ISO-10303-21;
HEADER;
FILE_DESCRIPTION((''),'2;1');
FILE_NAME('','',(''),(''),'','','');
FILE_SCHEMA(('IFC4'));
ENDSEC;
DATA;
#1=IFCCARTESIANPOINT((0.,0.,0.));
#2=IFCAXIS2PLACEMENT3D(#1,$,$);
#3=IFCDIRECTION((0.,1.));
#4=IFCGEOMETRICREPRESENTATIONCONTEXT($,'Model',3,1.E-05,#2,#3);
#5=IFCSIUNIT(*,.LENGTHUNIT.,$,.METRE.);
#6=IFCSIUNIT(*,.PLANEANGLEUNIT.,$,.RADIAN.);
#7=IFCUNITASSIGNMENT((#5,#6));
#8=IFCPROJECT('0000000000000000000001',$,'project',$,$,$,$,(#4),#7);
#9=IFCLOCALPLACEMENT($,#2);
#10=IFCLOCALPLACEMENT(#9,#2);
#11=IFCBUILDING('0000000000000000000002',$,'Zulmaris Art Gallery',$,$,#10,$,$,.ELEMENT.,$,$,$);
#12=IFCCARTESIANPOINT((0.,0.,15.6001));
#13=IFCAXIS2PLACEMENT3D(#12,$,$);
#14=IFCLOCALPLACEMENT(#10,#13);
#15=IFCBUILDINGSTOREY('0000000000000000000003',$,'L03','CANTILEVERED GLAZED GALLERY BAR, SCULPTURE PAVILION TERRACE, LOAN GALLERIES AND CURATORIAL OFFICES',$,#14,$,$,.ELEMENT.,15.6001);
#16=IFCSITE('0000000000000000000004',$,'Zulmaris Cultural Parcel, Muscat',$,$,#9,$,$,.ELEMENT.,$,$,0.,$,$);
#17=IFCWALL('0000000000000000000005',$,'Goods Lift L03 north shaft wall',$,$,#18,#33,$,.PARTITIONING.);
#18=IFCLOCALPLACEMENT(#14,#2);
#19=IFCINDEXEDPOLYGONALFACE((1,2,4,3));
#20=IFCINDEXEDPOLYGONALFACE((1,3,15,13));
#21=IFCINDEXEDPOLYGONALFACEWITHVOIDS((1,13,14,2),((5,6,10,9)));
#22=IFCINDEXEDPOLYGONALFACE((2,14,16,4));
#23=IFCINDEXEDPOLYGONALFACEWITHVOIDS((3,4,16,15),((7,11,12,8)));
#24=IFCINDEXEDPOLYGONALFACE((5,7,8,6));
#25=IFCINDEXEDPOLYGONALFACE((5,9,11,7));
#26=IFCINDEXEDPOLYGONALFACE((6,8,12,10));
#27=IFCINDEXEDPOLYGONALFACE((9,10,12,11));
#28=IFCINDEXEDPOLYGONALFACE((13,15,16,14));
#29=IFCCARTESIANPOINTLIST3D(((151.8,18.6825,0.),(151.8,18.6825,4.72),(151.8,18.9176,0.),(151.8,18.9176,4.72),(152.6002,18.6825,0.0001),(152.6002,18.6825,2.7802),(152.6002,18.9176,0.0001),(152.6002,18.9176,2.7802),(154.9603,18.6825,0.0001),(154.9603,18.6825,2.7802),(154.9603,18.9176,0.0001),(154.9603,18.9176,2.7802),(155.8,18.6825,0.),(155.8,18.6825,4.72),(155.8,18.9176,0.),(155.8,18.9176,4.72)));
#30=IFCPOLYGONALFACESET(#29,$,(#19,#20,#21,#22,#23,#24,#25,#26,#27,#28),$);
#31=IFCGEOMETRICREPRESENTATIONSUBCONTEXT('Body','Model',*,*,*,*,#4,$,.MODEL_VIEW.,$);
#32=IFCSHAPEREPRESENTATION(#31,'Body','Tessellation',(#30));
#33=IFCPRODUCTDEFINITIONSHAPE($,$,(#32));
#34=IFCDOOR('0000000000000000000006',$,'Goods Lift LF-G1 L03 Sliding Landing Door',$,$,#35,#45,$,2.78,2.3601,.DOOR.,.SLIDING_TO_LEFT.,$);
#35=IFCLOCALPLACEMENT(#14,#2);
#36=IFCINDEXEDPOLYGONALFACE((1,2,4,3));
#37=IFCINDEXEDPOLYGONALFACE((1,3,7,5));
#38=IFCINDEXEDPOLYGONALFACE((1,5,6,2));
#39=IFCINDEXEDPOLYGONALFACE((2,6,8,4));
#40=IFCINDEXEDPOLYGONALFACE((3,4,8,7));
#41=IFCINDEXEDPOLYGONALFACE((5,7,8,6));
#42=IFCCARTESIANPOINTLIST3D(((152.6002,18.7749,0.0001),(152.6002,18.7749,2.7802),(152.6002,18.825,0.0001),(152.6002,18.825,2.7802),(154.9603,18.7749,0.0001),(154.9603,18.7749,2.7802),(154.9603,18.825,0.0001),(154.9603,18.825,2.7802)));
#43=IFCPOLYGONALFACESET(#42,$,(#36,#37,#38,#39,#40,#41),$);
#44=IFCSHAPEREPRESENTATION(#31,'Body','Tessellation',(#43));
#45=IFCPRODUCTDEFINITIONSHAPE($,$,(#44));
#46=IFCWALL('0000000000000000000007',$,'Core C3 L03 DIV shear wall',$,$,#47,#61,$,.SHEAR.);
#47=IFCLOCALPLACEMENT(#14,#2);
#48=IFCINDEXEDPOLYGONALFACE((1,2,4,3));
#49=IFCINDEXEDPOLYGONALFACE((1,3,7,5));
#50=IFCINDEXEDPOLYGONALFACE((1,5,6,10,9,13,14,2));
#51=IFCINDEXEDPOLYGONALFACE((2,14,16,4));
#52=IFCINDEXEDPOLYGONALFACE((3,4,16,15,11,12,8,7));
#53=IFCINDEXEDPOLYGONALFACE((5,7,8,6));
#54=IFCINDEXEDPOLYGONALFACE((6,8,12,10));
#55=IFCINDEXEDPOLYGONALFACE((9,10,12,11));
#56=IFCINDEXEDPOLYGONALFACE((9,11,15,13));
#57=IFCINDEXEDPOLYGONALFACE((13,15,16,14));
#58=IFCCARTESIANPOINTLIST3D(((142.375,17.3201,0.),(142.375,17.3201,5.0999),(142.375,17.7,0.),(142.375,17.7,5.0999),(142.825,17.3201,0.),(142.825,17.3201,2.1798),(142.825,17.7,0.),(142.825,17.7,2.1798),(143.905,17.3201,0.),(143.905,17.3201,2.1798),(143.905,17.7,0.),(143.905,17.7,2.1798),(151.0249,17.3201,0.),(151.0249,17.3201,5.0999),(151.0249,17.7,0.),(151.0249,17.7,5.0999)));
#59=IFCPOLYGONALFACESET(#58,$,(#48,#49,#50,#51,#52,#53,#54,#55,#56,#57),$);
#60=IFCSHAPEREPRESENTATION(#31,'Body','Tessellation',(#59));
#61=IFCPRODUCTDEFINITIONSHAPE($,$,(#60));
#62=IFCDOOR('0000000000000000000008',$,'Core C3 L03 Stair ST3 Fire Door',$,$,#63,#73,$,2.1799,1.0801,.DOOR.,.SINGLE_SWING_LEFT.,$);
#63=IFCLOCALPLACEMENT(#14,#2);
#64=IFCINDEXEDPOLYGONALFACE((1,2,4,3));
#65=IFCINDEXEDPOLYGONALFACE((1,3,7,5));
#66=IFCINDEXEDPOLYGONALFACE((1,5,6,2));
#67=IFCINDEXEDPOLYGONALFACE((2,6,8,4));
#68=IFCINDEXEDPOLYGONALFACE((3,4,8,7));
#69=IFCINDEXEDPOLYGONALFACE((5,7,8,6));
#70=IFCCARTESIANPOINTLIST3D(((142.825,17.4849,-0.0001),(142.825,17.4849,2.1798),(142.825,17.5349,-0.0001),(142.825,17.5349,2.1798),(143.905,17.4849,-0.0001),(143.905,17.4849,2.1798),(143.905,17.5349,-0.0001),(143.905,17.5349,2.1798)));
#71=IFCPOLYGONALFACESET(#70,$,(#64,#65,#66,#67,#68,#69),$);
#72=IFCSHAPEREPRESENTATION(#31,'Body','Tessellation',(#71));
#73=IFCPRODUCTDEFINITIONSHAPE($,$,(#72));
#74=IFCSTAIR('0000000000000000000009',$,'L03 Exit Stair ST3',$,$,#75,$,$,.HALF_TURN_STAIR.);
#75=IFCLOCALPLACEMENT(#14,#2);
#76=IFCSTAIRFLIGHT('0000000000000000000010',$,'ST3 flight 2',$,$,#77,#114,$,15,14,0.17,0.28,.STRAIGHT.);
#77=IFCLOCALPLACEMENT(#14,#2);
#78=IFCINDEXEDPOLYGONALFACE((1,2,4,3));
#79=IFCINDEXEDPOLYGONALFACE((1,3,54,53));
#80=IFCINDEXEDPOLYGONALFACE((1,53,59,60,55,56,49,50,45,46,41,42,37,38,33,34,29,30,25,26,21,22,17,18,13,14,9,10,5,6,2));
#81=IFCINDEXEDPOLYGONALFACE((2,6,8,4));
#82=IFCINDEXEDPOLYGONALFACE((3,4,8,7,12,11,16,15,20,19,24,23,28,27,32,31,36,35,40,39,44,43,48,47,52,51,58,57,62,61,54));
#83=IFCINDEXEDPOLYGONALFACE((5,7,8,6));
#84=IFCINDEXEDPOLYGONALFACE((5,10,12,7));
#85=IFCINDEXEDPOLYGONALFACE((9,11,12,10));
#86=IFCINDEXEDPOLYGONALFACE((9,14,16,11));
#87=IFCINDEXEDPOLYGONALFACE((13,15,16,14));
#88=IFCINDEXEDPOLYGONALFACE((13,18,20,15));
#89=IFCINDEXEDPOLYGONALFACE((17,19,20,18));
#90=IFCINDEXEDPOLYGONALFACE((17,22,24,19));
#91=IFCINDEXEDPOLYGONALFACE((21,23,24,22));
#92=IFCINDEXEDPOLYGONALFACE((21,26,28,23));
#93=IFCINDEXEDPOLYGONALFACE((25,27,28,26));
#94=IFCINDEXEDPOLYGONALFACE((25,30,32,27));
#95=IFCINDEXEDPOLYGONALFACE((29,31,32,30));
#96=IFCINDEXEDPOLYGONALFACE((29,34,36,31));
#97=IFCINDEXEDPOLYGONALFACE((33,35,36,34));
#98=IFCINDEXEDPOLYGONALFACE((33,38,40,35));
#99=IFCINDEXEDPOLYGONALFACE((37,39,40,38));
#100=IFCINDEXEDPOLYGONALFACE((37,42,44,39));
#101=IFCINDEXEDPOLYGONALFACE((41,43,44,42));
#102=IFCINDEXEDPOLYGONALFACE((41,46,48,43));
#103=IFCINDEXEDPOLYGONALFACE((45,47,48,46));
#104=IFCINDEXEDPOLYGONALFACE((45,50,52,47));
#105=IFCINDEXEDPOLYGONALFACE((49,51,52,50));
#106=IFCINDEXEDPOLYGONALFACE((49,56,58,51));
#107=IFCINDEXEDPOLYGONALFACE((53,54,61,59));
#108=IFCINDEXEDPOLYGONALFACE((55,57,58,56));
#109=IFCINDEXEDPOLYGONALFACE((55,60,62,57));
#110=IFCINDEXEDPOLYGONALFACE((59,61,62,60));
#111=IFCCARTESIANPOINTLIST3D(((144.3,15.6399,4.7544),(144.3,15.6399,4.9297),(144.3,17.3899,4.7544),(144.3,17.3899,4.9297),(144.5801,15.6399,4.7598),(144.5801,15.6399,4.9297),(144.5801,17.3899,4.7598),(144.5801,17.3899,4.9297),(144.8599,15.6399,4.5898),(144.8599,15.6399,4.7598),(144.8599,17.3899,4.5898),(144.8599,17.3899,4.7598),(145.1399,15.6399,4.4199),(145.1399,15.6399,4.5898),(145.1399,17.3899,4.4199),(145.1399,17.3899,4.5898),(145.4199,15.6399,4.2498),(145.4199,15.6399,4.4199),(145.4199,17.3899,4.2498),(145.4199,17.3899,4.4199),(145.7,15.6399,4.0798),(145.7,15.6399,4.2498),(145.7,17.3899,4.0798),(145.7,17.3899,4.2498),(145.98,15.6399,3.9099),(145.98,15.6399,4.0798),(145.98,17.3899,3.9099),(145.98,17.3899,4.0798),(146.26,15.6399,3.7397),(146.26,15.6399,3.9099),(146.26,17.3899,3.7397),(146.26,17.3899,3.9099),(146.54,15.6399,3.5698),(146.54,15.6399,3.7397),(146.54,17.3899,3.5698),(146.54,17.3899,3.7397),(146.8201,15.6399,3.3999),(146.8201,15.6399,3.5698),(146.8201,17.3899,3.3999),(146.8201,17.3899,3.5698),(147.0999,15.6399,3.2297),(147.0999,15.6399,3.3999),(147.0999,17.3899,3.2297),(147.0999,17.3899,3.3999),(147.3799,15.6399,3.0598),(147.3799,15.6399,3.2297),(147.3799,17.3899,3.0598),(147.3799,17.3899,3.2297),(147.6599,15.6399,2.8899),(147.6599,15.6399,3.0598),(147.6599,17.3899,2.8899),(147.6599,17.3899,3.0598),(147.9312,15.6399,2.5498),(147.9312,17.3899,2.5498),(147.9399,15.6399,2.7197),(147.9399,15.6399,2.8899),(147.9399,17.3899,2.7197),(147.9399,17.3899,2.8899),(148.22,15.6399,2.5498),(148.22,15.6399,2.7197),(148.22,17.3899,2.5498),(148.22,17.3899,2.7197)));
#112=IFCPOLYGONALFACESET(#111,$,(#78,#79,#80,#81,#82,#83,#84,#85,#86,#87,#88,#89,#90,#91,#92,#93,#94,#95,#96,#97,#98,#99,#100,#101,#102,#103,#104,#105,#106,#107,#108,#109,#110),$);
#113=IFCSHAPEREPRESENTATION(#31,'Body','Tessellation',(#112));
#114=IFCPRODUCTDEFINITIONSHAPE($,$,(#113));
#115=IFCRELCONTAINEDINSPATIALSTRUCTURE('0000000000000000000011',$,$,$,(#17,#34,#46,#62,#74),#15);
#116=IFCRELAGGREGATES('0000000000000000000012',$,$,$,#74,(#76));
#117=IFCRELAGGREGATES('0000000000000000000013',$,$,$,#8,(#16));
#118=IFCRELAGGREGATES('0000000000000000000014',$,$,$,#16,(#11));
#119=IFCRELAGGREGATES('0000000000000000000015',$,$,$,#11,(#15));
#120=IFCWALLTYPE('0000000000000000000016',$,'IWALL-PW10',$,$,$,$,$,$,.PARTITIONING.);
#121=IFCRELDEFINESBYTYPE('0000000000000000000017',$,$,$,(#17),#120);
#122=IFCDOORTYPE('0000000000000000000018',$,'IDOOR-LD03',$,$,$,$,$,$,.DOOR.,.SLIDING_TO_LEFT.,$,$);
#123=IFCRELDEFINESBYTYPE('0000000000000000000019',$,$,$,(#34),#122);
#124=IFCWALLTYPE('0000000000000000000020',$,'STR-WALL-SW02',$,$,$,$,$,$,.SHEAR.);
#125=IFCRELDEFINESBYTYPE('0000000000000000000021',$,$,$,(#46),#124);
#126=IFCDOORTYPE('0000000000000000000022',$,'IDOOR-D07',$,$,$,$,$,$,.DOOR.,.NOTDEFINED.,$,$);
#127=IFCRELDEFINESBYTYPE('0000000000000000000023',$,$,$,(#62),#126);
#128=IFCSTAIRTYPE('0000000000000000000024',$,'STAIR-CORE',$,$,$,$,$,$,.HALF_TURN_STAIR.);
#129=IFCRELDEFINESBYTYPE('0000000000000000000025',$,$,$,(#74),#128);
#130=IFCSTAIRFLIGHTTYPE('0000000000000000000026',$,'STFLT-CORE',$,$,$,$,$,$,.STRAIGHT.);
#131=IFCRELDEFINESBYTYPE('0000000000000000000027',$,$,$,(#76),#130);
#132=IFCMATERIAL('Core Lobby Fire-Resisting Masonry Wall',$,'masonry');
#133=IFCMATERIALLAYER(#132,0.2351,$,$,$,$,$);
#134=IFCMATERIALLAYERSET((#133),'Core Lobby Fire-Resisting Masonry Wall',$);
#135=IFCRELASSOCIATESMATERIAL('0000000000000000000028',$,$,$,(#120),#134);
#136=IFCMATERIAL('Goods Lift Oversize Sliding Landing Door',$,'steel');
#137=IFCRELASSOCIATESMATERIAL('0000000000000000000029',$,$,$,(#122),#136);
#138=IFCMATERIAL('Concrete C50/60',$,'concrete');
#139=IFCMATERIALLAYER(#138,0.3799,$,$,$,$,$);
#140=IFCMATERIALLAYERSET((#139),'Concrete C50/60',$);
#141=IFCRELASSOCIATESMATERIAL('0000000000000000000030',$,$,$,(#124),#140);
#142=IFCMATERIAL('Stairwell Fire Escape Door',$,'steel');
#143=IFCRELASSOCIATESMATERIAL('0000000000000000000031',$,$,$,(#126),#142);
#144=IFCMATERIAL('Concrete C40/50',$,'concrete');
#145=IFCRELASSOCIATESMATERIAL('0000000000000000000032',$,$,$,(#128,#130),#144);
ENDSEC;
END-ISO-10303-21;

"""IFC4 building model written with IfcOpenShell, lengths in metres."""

from ifc_helpers import new_model, si_unit, direction, frame, frame_2d, origin, place, context, subcontext, project, spatial, polyline, rectangle, outline, extrude, material, layer, layer_set, type_object, element, fill, aggregate, save


model = new_model("IFC4")

# Units and contexts
model_context = context("Model", 3, precision=1e-05, world=origin(), true_north=direction((0.0, 1.0)))
body_context = subcontext(model_context, "Body", "Model", "MODEL_VIEW")
ifc_project = project(units=[si_unit("LENGTHUNIT", "METRE"), si_unit("PLANEANGLEUNIT", "RADIAN")], contexts=[model_context])

# Site, building, storey
site_placement = place(None, origin())
site = spatial("IfcSite", under=ifc_project, at=site_placement, Name="Zulmaris Cultural Parcel, Muscat", CompositionType="ELEMENT", RefElevation=0.0)
building_placement = place(site_placement, origin())
building = spatial("IfcBuilding", under=site, at=building_placement, Name="Zulmaris Art Gallery", CompositionType="ELEMENT")
storey_placement = place(building_placement, frame((0.0, 0.0, 15.6001)))
storey = spatial("IfcBuildingStorey", under=building, at=storey_placement, Name="L03", Description="CANTILEVERED GLAZED GALLERY BAR, SCULPTURE PAVILION TERRACE, LOAN GALLERIES AND CURATORIAL OFFICES", CompositionType="ELEMENT", Elevation=15.6001)

# Shared definitions
ifc_material_1 = material(Name="Concrete C40/50", Category="concrete")

# Walls, openings, doors
ifc_material_2 = material(Name="Core Lobby Fire-Resisting Masonry Wall", Category="masonry")
ifc_layer_1 = layer(ifc_material_2, 0.2351)
ifc_layer_set_1 = layer_set([ifc_layer_1], Name="Core Lobby Fire-Resisting Masonry Wall")
wall_type_1 = type_object("IfcWallType", Name="IWALL-PW10", PredefinedType="PARTITIONING", material=ifc_layer_set_1)
wall_1_placement = place(storey_placement, frame((151.8, 18.8, 0.0), z_axis=(0.0, 0.0, 1.0), x_axis=(1.0, 0.0, 0.0)))
wall_1 = element("IfcWall", 1, at=wall_1_placement, inside=storey, type_object=wall_type_1, Name="Goods Lift L03 north shaft wall", PredefinedType="PARTITIONING", context=body_context, shape_type="SweptSolid", body=[
    extrude(rectangle(XDim=4.0, YDim=0.2351, at=frame_2d((2.0, 0.0))), origin(), (0.0, 0.0, 1.0), 4.72),
])
opening_1_placement = place(wall_1_placement, frame((0.8, 0.0, 0.0)))
opening_1 = element("IfcOpeningElement", 2, at=opening_1_placement, cuts=wall_1, PredefinedType="OPENING", context=body_context, shape_type="SweptSolid", body=[
    extrude(rectangle(XDim=2.3601, YDim=2.78, at=frame_2d((1.1802, 1.3901))), frame((0.0, 0.1274, 0.0), z_axis=(0.0, -1.0, 0.0), x_axis=(1.0, 0.0, 0.0)), (0.0, 0.0, 1.0), 0.2551),
])
ifc_material_3 = material(Name="Goods Lift Oversize Sliding Landing Door", Category="steel")
door_type_1 = type_object("IfcDoorType", Name="IDOOR-LD03", OperationType="SLIDING_TO_LEFT", PredefinedType="DOOR", material=ifc_material_3)
door_1_placement = place(opening_1_placement, origin())
door_1 = element("IfcDoor", 3, at=door_1_placement, inside=storey, type_object=door_type_1, Name="Goods Lift LF-G1 L03 Sliding Landing Door", OperationType="SLIDING_TO_LEFT", OverallHeight=2.78, OverallWidth=2.3601, PredefinedType="DOOR", context=body_context, shape_type="SweptSolid", body=[
    extrude(rectangle(XDim=2.3601, YDim=2.78, at=frame_2d((1.1802, 1.3901))), frame((0.0, 0.0249, 0.0), z_axis=(0.0, -1.0, 0.0), x_axis=(1.0, 0.0, 0.0)), (0.0, 0.0, 1.0), 0.05),
])
fill(opening_1, door_1)
ifc_material_4 = material(Name="Concrete C50/60", Category="concrete")
ifc_layer_2 = layer(ifc_material_4, 0.3799)
ifc_layer_set_2 = layer_set([ifc_layer_2], Name="Concrete C50/60")
wall_type_2 = type_object("IfcWallType", Name="STR-WALL-SW02", PredefinedType="SHEAR", material=ifc_layer_set_2)
wall_2_placement = place(storey_placement, frame((142.375, 17.51, 0.0), z_axis=(0.0, 0.0, 1.0), x_axis=(1.0, 0.0, 0.0)))
wall_2 = element("IfcWall", 4, at=wall_2_placement, inside=storey, type_object=wall_type_2, Name="Core C3 L03 DIV shear wall", PredefinedType="SHEAR", context=body_context, shape_type="SweptSolid", body=[
    extrude(rectangle(XDim=8.6499, YDim=0.3799, at=frame_2d((4.325, 0.0))), origin(), (0.0, 0.0, 1.0), 5.0999),
])
opening_2_placement = place(wall_2_placement, frame((0.45, 0.0, 0.0)))
opening_2 = element("IfcOpeningElement", 5, at=opening_2_placement, cuts=wall_2, PredefinedType="OPENING", context=body_context, shape_type="SweptSolid", body=[
    extrude(rectangle(XDim=1.0801, YDim=2.1799, at=frame_2d((0.54, 1.0898))), frame((0.0, 0.2, 0.0), z_axis=(0.0, -1.0, 0.0), x_axis=(1.0, 0.0, 0.0)), (0.0, 0.0, 1.0), 0.3999),
])
ifc_material_5 = material(Name="Stairwell Fire Escape Door", Category="steel")
door_type_2 = type_object("IfcDoorType", Name="IDOOR-D07", OperationType="NOTDEFINED", PredefinedType="DOOR", material=ifc_material_5)
door_2_placement = place(opening_2_placement, origin())
door_2 = element("IfcDoor", 6, at=door_2_placement, inside=storey, type_object=door_type_2, Name="Core C3 L03 Stair ST3 Fire Door", OperationType="SINGLE_SWING_LEFT", OverallHeight=2.1799, OverallWidth=1.0801, PredefinedType="DOOR", context=body_context, shape_type="SweptSolid", body=[
    extrude(rectangle(XDim=1.0801, YDim=2.1799, at=frame_2d((0.54, 1.0898))), frame((0.0, 0.0249, 0.0), z_axis=(0.0, -1.0, 0.0), x_axis=(1.0, 0.0, 0.0)), (0.0, 0.0, 1.0), 0.05),
])
fill(opening_2, door_2)

# Stair, stair flight
stair_type = type_object("IfcStairType", Name="STAIR-CORE", PredefinedType="HALF_TURN_STAIR", material=ifc_material_1)
stair_placement = place(storey_placement, origin())
stair = element("IfcStair", 7, at=stair_placement, inside=storey, type_object=stair_type, Name="L03 Exit Stair ST3", PredefinedType="HALF_TURN_STAIR")
stair_flight_type = type_object("IfcStairFlightType", Name="STFLT-CORE", PredefinedType="STRAIGHT", material=ifc_material_1)
stair_flight_placement = place(storey_placement, frame((148.22, 16.5149, 2.5498), z_axis=(0.0, 0.0, 1.0), x_axis=(-1.0, 0.0, 0.0)))
stair_flight = element("IfcStairFlight", 8, at=stair_flight_placement, type_object=stair_flight_type, Name="ST3 flight 2", NumberOfRisers=15, NumberOfTreads=14, PredefinedType="STRAIGHT", RiserHeight=0.17, TreadLength=0.28, context=body_context, shape_type="SweptSolid", body=[
    extrude(outline(polyline([(0.0, 0.0), (0.0, 0.1699), (0.28, 0.1699), (0.28, 0.3401), (0.5601, 0.3401), (0.5601, 0.51), (0.8401, 0.51), (0.8401, 0.6799), (1.1201, 0.6799), (1.1201, 0.8501), (1.3999, 0.8501), (1.3999, 1.02), (1.6799, 1.02), (1.6799, 1.1899), (1.96, 1.1899), (1.96, 1.3601), (2.24, 1.3601), (2.24, 1.53), (2.52, 1.53), (2.52, 1.7), (2.8, 1.7), (2.8, 1.8701), (3.0801, 1.8701), (3.0801, 2.04), (3.3601, 2.04), (3.3601, 2.21), (3.6399, 2.21), (3.6399, 2.3799), (3.9199, 2.3799), (3.9199, 2.55), (3.9199, 2.2046), (0.2888, 0.0), (0.0, 0.0)])), frame((0.0, 0.875, 0.0), z_axis=(0.0, -1.0, 0.0), x_axis=(1.0, 0.0, 0.0)), (0.0, 0.0, 1.0), 1.75),
])
aggregate(stair, [stair_flight])

save(model, "model.ifc")
